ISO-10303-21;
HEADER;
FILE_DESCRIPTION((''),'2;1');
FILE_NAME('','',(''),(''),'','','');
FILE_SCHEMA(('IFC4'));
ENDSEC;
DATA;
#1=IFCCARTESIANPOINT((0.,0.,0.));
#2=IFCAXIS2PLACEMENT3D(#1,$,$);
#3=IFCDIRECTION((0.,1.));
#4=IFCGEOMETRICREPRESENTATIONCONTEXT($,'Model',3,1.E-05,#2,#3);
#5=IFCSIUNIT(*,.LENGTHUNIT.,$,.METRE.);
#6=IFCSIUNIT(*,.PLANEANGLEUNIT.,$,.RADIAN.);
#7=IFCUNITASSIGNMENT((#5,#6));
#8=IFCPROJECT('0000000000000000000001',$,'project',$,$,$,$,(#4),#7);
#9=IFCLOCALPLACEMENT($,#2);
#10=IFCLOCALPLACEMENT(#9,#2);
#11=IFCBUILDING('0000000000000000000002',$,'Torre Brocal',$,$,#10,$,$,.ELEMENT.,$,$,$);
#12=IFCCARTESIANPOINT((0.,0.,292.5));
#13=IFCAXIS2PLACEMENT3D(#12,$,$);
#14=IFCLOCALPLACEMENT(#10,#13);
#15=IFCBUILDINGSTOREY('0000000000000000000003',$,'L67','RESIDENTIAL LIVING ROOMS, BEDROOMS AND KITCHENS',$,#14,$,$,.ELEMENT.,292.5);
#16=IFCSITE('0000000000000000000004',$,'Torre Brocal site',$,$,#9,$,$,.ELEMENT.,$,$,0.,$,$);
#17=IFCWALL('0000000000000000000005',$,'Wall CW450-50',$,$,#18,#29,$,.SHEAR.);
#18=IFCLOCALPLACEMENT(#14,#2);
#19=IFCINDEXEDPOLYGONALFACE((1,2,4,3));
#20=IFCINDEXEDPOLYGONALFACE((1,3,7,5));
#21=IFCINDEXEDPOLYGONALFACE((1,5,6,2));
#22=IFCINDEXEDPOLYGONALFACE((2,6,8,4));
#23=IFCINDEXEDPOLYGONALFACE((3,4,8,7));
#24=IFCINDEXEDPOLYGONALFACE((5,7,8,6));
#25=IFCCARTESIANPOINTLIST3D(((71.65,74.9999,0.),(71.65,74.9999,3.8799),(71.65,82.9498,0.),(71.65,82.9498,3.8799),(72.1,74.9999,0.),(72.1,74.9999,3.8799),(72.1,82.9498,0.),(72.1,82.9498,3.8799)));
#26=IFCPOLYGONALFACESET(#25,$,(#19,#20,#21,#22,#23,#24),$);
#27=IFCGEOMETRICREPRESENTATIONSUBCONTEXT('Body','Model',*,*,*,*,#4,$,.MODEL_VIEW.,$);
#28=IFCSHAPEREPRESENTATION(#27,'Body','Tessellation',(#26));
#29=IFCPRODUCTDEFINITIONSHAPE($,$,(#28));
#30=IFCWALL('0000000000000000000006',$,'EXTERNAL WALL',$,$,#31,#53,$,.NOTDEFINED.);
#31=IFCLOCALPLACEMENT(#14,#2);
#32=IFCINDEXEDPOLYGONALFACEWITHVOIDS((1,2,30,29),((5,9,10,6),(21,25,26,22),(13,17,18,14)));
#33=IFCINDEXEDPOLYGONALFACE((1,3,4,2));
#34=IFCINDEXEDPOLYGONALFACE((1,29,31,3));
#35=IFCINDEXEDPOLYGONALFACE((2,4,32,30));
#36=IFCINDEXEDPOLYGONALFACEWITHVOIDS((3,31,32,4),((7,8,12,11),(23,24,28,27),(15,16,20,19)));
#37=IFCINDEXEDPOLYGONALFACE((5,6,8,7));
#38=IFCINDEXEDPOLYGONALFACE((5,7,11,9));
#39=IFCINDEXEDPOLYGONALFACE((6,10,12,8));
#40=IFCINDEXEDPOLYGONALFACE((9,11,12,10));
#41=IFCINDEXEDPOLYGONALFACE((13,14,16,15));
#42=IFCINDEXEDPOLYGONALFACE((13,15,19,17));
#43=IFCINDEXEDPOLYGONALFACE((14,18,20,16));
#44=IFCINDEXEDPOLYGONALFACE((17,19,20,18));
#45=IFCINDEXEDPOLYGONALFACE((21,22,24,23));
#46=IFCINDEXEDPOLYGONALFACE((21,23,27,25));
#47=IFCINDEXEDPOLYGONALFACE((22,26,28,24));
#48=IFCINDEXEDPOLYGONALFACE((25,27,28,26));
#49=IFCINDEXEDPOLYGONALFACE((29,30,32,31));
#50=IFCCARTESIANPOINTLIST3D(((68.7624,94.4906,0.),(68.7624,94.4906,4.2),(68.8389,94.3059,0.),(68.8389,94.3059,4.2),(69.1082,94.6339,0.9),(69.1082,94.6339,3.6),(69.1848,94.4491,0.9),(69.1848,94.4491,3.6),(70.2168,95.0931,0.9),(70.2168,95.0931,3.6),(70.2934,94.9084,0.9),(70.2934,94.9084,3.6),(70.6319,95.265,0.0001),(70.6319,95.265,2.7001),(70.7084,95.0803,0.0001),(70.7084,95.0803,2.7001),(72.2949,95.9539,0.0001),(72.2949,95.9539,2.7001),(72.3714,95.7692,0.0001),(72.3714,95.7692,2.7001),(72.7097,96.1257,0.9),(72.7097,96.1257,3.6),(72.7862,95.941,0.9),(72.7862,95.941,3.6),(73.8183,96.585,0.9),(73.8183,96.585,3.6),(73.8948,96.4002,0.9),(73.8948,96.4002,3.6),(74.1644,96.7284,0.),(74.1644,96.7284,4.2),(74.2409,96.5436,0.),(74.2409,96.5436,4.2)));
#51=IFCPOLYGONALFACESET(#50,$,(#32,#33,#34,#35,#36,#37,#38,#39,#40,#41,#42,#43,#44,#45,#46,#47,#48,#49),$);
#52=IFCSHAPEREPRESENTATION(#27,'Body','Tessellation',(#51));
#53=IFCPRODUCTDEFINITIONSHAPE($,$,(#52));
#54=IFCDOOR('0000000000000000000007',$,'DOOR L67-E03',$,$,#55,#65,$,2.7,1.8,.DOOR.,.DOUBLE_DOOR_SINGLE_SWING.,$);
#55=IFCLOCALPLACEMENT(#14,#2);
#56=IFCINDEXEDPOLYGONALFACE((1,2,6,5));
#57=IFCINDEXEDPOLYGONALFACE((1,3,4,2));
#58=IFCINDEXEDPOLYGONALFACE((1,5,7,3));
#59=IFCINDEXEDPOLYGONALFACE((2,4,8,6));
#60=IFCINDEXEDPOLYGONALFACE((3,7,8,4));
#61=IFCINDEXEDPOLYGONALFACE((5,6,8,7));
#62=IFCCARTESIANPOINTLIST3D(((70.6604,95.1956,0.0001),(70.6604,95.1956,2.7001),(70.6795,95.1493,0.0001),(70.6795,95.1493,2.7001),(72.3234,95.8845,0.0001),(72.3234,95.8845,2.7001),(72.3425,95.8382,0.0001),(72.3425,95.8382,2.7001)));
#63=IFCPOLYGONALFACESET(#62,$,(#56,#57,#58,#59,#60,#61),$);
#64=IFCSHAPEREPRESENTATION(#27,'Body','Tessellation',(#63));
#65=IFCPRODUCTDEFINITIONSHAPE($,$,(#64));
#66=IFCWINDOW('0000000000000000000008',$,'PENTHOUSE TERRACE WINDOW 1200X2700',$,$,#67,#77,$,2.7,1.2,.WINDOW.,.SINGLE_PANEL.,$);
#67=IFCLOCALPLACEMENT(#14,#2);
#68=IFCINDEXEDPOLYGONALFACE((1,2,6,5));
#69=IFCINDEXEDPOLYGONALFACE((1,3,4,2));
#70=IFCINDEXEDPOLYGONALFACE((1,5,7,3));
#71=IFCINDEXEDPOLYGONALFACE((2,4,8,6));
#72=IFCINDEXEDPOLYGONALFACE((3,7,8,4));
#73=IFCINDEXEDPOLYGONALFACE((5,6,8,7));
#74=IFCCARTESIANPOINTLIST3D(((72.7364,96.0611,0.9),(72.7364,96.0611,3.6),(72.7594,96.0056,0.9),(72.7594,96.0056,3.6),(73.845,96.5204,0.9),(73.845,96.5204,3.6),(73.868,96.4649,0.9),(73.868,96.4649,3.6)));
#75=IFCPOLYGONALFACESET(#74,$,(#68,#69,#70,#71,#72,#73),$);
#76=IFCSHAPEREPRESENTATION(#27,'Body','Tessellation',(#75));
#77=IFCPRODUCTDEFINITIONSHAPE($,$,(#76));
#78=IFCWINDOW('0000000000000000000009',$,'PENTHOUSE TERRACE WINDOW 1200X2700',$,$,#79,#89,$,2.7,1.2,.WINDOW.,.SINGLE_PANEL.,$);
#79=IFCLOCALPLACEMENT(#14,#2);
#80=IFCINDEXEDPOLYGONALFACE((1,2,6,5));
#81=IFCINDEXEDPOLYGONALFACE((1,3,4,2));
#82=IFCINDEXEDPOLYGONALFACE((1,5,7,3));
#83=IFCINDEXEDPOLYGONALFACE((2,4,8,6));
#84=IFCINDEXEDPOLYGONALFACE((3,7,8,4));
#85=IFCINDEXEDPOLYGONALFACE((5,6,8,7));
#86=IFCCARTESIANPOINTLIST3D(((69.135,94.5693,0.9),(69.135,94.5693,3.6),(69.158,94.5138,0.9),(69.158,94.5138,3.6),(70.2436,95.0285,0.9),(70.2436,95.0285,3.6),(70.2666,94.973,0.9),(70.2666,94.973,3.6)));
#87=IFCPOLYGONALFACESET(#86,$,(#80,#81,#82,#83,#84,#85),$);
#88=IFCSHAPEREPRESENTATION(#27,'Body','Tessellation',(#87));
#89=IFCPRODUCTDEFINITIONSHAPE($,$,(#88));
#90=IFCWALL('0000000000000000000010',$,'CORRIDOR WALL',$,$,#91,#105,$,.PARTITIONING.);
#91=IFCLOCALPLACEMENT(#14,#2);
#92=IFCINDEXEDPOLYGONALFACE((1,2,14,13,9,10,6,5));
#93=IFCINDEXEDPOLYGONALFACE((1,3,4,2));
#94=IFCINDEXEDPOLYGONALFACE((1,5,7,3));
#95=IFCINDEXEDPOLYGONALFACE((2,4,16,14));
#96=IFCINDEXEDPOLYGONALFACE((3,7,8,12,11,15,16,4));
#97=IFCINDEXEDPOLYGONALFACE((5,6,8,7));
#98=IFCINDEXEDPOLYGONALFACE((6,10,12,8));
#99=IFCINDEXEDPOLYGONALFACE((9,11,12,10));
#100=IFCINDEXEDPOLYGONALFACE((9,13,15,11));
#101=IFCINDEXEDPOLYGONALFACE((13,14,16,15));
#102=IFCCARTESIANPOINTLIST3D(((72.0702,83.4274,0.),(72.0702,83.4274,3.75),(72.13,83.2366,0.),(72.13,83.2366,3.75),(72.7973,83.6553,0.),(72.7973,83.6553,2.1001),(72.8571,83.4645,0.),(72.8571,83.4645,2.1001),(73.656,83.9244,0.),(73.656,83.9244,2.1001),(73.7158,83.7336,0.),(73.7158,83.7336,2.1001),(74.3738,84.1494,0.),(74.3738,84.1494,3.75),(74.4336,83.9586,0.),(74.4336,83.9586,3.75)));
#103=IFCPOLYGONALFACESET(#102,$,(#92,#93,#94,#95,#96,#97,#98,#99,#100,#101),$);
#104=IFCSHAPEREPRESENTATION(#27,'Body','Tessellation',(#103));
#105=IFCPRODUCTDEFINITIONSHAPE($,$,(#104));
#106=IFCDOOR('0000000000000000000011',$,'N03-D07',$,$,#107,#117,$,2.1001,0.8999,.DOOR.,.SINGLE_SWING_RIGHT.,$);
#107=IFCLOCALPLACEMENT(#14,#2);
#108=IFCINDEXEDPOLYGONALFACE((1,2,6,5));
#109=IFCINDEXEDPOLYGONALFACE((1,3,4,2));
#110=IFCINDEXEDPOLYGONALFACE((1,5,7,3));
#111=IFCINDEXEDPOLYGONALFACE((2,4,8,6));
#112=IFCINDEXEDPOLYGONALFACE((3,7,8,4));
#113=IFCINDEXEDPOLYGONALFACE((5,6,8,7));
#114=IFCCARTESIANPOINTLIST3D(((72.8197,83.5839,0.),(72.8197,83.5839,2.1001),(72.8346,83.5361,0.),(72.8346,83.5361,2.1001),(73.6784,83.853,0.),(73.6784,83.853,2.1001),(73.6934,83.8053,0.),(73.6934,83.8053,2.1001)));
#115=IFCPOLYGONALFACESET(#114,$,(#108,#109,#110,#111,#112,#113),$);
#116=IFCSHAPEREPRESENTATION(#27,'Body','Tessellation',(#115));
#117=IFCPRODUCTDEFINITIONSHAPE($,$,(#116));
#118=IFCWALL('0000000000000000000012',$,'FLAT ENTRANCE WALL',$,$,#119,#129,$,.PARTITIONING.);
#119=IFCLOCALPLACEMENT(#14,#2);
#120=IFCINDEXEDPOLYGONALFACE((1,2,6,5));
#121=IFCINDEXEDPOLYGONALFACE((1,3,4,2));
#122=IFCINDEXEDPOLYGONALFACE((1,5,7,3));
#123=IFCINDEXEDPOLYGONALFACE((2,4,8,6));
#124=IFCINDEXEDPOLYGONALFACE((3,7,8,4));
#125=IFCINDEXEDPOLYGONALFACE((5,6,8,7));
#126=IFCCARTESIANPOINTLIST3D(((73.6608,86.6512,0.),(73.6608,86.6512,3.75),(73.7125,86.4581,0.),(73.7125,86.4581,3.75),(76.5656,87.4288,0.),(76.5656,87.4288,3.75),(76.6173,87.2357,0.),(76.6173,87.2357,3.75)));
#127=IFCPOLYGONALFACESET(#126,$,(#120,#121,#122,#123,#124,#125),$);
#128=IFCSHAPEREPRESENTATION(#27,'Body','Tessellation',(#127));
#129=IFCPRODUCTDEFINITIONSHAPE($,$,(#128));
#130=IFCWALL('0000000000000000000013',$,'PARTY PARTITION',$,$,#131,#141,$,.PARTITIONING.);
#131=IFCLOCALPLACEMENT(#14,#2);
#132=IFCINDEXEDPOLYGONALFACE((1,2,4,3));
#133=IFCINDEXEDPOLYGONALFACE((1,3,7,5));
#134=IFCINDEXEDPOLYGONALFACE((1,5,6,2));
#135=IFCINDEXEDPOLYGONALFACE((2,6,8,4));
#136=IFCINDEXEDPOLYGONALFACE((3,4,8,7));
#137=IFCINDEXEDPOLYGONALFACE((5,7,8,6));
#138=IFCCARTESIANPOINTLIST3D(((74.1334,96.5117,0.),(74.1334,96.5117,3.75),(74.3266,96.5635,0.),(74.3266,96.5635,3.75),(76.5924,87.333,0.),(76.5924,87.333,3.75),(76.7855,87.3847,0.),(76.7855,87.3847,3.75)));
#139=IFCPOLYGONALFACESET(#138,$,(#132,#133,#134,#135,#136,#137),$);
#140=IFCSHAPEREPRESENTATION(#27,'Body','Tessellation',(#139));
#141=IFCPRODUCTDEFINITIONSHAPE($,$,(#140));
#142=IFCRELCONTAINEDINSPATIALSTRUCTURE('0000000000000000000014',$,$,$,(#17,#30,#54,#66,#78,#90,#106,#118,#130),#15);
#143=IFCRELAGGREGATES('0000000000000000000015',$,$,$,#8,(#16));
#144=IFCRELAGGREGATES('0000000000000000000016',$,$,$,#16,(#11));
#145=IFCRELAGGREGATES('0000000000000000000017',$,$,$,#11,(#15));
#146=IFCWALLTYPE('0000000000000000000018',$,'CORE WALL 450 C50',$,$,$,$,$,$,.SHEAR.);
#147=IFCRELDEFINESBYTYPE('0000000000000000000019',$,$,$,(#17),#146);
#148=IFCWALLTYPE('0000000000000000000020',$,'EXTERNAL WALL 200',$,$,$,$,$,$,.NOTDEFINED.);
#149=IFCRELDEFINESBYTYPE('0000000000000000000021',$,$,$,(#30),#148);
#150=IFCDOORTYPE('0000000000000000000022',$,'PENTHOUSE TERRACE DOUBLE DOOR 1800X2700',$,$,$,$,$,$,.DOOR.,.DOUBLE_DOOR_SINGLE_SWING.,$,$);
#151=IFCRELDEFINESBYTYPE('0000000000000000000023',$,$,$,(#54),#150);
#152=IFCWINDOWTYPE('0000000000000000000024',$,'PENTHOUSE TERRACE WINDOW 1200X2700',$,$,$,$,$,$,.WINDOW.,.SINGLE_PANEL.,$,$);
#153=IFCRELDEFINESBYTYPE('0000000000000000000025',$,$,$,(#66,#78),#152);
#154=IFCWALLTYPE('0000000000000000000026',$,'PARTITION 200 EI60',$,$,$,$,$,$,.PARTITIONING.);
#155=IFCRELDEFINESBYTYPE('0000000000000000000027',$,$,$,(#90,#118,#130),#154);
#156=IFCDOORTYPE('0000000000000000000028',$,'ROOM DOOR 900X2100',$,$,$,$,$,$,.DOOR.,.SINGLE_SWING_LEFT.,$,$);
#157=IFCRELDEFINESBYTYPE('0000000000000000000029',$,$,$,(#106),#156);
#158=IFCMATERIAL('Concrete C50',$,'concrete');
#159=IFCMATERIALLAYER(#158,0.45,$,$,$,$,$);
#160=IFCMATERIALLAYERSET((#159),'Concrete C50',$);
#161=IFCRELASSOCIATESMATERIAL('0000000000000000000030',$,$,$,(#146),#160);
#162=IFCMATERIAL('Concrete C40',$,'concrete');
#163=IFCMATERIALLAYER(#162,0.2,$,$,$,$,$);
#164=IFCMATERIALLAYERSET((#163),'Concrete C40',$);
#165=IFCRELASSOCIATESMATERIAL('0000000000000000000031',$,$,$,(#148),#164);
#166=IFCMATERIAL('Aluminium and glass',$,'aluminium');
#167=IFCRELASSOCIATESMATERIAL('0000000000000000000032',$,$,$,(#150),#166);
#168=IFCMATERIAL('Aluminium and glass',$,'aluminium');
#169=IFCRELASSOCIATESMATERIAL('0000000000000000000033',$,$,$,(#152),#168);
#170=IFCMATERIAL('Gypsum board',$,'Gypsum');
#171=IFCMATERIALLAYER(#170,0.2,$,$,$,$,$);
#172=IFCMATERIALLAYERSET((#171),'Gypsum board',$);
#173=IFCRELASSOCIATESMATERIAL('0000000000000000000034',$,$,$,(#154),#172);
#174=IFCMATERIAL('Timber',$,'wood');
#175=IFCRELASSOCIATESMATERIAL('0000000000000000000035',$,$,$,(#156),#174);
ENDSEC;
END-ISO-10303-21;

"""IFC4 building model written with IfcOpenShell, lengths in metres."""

from ifc_helpers import new_model, si_unit, direction, frame, frame_2d, origin, place, context, subcontext, project, spatial, rectangle, extrude, material, layer, layer_set, type_object, element, fill, save


model = new_model("IFC4")

# Units and contexts
model_context = context("Model", 3, precision=1e-05, world=origin(), true_north=direction((0.0, 1.0)))
body_context = subcontext(model_context, "Body", "Model", "MODEL_VIEW")
ifc_project = project(units=[si_unit("LENGTHUNIT", "METRE"), si_unit("PLANEANGLEUNIT", "RADIAN")], contexts=[model_context])

# Site, building, storey
site_placement = place(None, origin())
site = spatial("IfcSite", under=ifc_project, at=site_placement, Name="Torre Brocal site", CompositionType="ELEMENT", RefElevation=0.0)
building_placement = place(site_placement, origin())
building = spatial("IfcBuilding", under=site, at=building_placement, Name="Torre Brocal", CompositionType="ELEMENT")
storey_placement = place(building_placement, frame((0.0, 0.0, 292.5)))
storey = spatial("IfcBuildingStorey", under=building, at=storey_placement, Name="L67", Description="RESIDENTIAL LIVING ROOMS, BEDROOMS AND KITCHENS", CompositionType="ELEMENT", Elevation=292.5)

# Shared definitions
ifc_material_1 = material(Name="Concrete C50", Category="concrete")
ifc_layer_1 = layer(ifc_material_1, 0.45)
ifc_layer_set_1 = layer_set([ifc_layer_1], Name="Concrete C50")
wall_type_1 = type_object("IfcWallType", Name="CORE WALL 450 C50", PredefinedType="SHEAR", material=ifc_layer_set_1)

# Wall
wall_1_placement = place(storey_placement, frame((71.875, 82.95, 0.0), z_axis=(0.0, 0.0, 1.0), x_axis=(0.0, -1.0, 0.0)))
element("IfcWall", 1, at=wall_1_placement, inside=storey, type_object=wall_type_1, Name="Wall CW450-50", PredefinedType="SHEAR", context=body_context, shape_type="SweptSolid", body=[
    extrude(rectangle(XDim=7.95, YDim=0.45, at=frame_2d((3.9751, 0.0))), origin(), (0.0, 0.0, 1.0), 3.8799),
])

# Wall, openings, door, windows
ifc_material_2 = material(Name="Concrete C40", Category="concrete")
ifc_layer_2 = layer(ifc_material_2, 0.2)
ifc_layer_set_2 = layer_set([ifc_layer_2], Name="Concrete C40")
wall_type_2 = type_object("IfcWallType", Name="EXTERNAL WALL 200", PredefinedType="NOTDEFINED", material=ifc_layer_set_2)
wall_2_placement = place(storey_placement, frame((74.2026, 96.636, 0.0), z_axis=(0.0, 0.0, 1.0), x_axis=(-0.923869, -0.382708, 0.0)))
wall_2 = element("IfcWall", 2, at=wall_2_placement, inside=storey, type_object=wall_type_2, Name="EXTERNAL WALL", PredefinedType="NOTDEFINED", context=body_context, shape_type="SweptSolid", body=[
    extrude(rectangle(XDim=5.8472, YDim=0.2, at=frame_2d((2.9236, 0.0))), origin(), (0.0, 0.0, 1.0), 4.2),
])
opening_1_placement = place(wall_2_placement, frame((0.3745, 0.0, 0.8999)))
opening_1 = element("IfcOpeningElement", 3, at=opening_1_placement, cuts=wall_2, PredefinedType="OPENING", context=body_context, shape_type="SweptSolid", body=[
    extrude(rectangle(XDim=1.2, YDim=2.7, at=frame_2d((0.6001, 1.3501))), frame((0.0, 0.1099, 0.0), z_axis=(0.0, -1.0, 0.0), x_axis=(1.0, 0.0, 0.0)), (0.0, 0.0, 1.0), 0.22),
])
opening_2_placement = place(wall_2_placement, frame((2.0237, 0.0, 0.0)))
opening_2 = element("IfcOpeningElement", 4, at=opening_2_placement, cuts=wall_2, PredefinedType="OPENING", context=body_context, shape_type="SweptSolid", body=[
    extrude(rectangle(XDim=1.8, YDim=2.7, at=frame_2d((0.8999, 1.3501))), frame((0.0, 0.1099, 0.0), z_axis=(0.0, -1.0, 0.0), x_axis=(1.0, 0.0, 0.0)), (0.0, 0.0, 1.0), 0.22),
])
opening_3_placement = place(wall_2_placement, frame((4.2727, 0.0, 0.8999)))
opening_3 = element("IfcOpeningElement", 5, at=opening_3_placement, cuts=wall_2, PredefinedType="OPENING", context=body_context, shape_type="SweptSolid", body=[
    extrude(rectangle(XDim=1.2, YDim=2.7, at=frame_2d((0.6001, 1.3501))), frame((0.0, 0.1099, 0.0), z_axis=(0.0, -1.0, 0.0), x_axis=(1.0, 0.0, 0.0)), (0.0, 0.0, 1.0), 0.22),
])
ifc_material_3 = material(Name="Aluminium and glass", Category="aluminium")
door_type_1 = type_object("IfcDoorType", Name="PENTHOUSE TERRACE DOUBLE DOOR 1800X2700", OperationType="DOUBLE_DOOR_SINGLE_SWING", PredefinedType="DOOR", material=ifc_material_3)
door_1_placement = place(opening_2_placement, frame((1.8, 0.0, 0.0), z_axis=(0.0, 0.0, 1.0), x_axis=(-1.0, 0.0, 0.0)))
door_1 = element("IfcDoor", 6, at=door_1_placement, inside=storey, type_object=door_type_1, Name="DOOR L67-E03", OperationType="DOUBLE_DOOR_SINGLE_SWING", OverallHeight=2.7, OverallWidth=1.8, PredefinedType="DOOR", context=body_context, shape_type="SweptSolid", body=[
    extrude(rectangle(XDim=1.8, YDim=2.7, at=frame_2d((0.8999, 1.3501))), frame((0.0, 0.0249, 0.0), z_axis=(0.0, -1.0, 0.0), x_axis=(1.0, 0.0, 0.0)), (0.0, 0.0, 1.0), 0.05),
])
fill(opening_2, door_1)
ifc_material_4 = material(Name="Aluminium and glass", Category="aluminium")
window_type = type_object("IfcWindowType", Name="PENTHOUSE TERRACE WINDOW 1200X2700", PartitioningType="SINGLE_PANEL", PredefinedType="WINDOW", material=ifc_material_4)
window_1_placement = place(opening_1_placement, origin())
window_1 = element("IfcWindow", 7, at=window_1_placement, inside=storey, type_object=window_type, Name="PENTHOUSE TERRACE WINDOW 1200X2700", OverallHeight=2.7, OverallWidth=1.2, PartitioningType="SINGLE_PANEL", PredefinedType="WINDOW", context=body_context, shape_type="SweptSolid", body=[
    extrude(rectangle(XDim=1.2, YDim=2.7, at=frame_2d((0.6001, 1.3501))), frame((0.0, 0.03, 0.0), z_axis=(0.0, -1.0, 0.0), x_axis=(1.0, 0.0, 0.0)), (0.0, 0.0, 1.0), 0.0601),
])
fill(opening_1, window_1)
window_2_placement = place(opening_3_placement, origin())
window_2 = element("IfcWindow", 8, at=window_2_placement, inside=storey, type_object=window_type, Name="PENTHOUSE TERRACE WINDOW 1200X2700", OverallHeight=2.7, OverallWidth=1.2, PartitioningType="SINGLE_PANEL", PredefinedType="WINDOW", context=body_context, shape_type="SweptSolid", body=[
    extrude(rectangle(XDim=1.2, YDim=2.7, at=frame_2d((0.6001, 1.3501))), frame((0.0, 0.03, 0.0), z_axis=(0.0, -1.0, 0.0), x_axis=(1.0, 0.0, 0.0)), (0.0, 0.0, 1.0), 0.0601),
])
fill(opening_3, window_2)

# Wall, opening, door
ifc_material_5 = material(Name="Gypsum board", Category="Gypsum")
ifc_layer_3 = layer(ifc_material_5, 0.2)
ifc_layer_set_3 = layer_set([ifc_layer_3], Name="Gypsum board")
wall_type_3 = type_object("IfcWallType", Name="PARTITION 200 EI60", PredefinedType="PARTITIONING", material=ifc_layer_set_3)
wall_3_placement = place(storey_placement, frame((72.1001, 83.332, 0.0), z_axis=(0.0, 0.0, 1.0), x_axis=(0.954233, 0.299064, 0.0)))
wall_3 = element("IfcWall", 9, at=wall_3_placement, inside=storey, type_object=wall_type_3, Name="CORRIDOR WALL", PredefinedType="PARTITIONING", context=body_context, shape_type="SweptSolid", body=[
    extrude(rectangle(XDim=2.4141, YDim=0.2, at=frame_2d((1.207, 0.0))), origin(), (0.0, 0.0, 1.0), 3.75),
])
opening_4_placement = place(wall_3_placement, frame((0.762, 0.0, 0.0)))
opening_4 = element("IfcOpeningElement", 10, at=opening_4_placement, cuts=wall_3, PredefinedType="OPENING", context=body_context, shape_type="SweptSolid", body=[
    extrude(rectangle(XDim=0.8999, YDim=2.1001, at=frame_2d((0.45, 1.05))), frame((0.0, 0.1099, 0.0), z_axis=(0.0, -1.0, 0.0), x_axis=(1.0, 0.0, 0.0)), (0.0, 0.0, 1.0), 0.22),
])
ifc_material_6 = material(Name="Timber", Category="wood")
door_type_2 = type_object("IfcDoorType", Name="ROOM DOOR 900X2100", OperationType="SINGLE_SWING_LEFT", PredefinedType="DOOR", material=ifc_material_6)
door_2_placement = place(opening_4_placement, frame((0.8999, 0.0, 0.0), z_axis=(0.0, 0.0, 1.0), x_axis=(-1.0, 0.0, 0.0)))
door_2 = element("IfcDoor", 11, at=door_2_placement, inside=storey, type_object=door_type_2, Name="N03-D07", OperationType="SINGLE_SWING_RIGHT", OverallHeight=2.1001, OverallWidth=0.8999, PredefinedType="DOOR", context=body_context, shape_type="SweptSolid", body=[
    extrude(rectangle(XDim=0.8999, YDim=2.1001, at=frame_2d((0.45, 1.05))), frame((0.0, 0.0249, 0.0), z_axis=(0.0, -1.0, 0.0), x_axis=(1.0, 0.0, 0.0)), (0.0, 0.0, 1.0), 0.05),
])
fill(opening_4, door_2)

# Walls
wall_4_placement = place(storey_placement, frame((73.6868, 86.5547, 0.0), z_axis=(0.0, 0.0, 1.0), x_axis=(0.965988, 0.258587, 0.0)))
element("IfcWall", 12, at=wall_4_placement, inside=storey, type_object=wall_type_3, Name="FLAT ENTRANCE WALL", PredefinedType="PARTITIONING", context=body_context, shape_type="SweptSolid", body=[
    extrude(rectangle(XDim=3.0071, YDim=0.2, at=frame_2d((1.5034, 0.0))), origin(), (0.0, 0.0, 1.0), 3.75),
])
wall_5_placement = place(storey_placement, frame((74.23, 96.5376, 0.0), z_axis=(0.0, 0.0, 1.0), x_axis=(0.258775, -0.965938, 0.0)))
element("IfcWall", 13, at=wall_5_placement, inside=storey, type_object=wall_type_3, Name="PARTY PARTITION", PredefinedType="PARTITIONING", context=body_context, shape_type="SweptSolid", body=[
    extrude(rectangle(XDim=9.5024, YDim=0.2, at=frame_2d((4.7512, 0.0))), origin(), (0.0, 0.0, 1.0), 3.75),
])

save(model, "model.ifc")
